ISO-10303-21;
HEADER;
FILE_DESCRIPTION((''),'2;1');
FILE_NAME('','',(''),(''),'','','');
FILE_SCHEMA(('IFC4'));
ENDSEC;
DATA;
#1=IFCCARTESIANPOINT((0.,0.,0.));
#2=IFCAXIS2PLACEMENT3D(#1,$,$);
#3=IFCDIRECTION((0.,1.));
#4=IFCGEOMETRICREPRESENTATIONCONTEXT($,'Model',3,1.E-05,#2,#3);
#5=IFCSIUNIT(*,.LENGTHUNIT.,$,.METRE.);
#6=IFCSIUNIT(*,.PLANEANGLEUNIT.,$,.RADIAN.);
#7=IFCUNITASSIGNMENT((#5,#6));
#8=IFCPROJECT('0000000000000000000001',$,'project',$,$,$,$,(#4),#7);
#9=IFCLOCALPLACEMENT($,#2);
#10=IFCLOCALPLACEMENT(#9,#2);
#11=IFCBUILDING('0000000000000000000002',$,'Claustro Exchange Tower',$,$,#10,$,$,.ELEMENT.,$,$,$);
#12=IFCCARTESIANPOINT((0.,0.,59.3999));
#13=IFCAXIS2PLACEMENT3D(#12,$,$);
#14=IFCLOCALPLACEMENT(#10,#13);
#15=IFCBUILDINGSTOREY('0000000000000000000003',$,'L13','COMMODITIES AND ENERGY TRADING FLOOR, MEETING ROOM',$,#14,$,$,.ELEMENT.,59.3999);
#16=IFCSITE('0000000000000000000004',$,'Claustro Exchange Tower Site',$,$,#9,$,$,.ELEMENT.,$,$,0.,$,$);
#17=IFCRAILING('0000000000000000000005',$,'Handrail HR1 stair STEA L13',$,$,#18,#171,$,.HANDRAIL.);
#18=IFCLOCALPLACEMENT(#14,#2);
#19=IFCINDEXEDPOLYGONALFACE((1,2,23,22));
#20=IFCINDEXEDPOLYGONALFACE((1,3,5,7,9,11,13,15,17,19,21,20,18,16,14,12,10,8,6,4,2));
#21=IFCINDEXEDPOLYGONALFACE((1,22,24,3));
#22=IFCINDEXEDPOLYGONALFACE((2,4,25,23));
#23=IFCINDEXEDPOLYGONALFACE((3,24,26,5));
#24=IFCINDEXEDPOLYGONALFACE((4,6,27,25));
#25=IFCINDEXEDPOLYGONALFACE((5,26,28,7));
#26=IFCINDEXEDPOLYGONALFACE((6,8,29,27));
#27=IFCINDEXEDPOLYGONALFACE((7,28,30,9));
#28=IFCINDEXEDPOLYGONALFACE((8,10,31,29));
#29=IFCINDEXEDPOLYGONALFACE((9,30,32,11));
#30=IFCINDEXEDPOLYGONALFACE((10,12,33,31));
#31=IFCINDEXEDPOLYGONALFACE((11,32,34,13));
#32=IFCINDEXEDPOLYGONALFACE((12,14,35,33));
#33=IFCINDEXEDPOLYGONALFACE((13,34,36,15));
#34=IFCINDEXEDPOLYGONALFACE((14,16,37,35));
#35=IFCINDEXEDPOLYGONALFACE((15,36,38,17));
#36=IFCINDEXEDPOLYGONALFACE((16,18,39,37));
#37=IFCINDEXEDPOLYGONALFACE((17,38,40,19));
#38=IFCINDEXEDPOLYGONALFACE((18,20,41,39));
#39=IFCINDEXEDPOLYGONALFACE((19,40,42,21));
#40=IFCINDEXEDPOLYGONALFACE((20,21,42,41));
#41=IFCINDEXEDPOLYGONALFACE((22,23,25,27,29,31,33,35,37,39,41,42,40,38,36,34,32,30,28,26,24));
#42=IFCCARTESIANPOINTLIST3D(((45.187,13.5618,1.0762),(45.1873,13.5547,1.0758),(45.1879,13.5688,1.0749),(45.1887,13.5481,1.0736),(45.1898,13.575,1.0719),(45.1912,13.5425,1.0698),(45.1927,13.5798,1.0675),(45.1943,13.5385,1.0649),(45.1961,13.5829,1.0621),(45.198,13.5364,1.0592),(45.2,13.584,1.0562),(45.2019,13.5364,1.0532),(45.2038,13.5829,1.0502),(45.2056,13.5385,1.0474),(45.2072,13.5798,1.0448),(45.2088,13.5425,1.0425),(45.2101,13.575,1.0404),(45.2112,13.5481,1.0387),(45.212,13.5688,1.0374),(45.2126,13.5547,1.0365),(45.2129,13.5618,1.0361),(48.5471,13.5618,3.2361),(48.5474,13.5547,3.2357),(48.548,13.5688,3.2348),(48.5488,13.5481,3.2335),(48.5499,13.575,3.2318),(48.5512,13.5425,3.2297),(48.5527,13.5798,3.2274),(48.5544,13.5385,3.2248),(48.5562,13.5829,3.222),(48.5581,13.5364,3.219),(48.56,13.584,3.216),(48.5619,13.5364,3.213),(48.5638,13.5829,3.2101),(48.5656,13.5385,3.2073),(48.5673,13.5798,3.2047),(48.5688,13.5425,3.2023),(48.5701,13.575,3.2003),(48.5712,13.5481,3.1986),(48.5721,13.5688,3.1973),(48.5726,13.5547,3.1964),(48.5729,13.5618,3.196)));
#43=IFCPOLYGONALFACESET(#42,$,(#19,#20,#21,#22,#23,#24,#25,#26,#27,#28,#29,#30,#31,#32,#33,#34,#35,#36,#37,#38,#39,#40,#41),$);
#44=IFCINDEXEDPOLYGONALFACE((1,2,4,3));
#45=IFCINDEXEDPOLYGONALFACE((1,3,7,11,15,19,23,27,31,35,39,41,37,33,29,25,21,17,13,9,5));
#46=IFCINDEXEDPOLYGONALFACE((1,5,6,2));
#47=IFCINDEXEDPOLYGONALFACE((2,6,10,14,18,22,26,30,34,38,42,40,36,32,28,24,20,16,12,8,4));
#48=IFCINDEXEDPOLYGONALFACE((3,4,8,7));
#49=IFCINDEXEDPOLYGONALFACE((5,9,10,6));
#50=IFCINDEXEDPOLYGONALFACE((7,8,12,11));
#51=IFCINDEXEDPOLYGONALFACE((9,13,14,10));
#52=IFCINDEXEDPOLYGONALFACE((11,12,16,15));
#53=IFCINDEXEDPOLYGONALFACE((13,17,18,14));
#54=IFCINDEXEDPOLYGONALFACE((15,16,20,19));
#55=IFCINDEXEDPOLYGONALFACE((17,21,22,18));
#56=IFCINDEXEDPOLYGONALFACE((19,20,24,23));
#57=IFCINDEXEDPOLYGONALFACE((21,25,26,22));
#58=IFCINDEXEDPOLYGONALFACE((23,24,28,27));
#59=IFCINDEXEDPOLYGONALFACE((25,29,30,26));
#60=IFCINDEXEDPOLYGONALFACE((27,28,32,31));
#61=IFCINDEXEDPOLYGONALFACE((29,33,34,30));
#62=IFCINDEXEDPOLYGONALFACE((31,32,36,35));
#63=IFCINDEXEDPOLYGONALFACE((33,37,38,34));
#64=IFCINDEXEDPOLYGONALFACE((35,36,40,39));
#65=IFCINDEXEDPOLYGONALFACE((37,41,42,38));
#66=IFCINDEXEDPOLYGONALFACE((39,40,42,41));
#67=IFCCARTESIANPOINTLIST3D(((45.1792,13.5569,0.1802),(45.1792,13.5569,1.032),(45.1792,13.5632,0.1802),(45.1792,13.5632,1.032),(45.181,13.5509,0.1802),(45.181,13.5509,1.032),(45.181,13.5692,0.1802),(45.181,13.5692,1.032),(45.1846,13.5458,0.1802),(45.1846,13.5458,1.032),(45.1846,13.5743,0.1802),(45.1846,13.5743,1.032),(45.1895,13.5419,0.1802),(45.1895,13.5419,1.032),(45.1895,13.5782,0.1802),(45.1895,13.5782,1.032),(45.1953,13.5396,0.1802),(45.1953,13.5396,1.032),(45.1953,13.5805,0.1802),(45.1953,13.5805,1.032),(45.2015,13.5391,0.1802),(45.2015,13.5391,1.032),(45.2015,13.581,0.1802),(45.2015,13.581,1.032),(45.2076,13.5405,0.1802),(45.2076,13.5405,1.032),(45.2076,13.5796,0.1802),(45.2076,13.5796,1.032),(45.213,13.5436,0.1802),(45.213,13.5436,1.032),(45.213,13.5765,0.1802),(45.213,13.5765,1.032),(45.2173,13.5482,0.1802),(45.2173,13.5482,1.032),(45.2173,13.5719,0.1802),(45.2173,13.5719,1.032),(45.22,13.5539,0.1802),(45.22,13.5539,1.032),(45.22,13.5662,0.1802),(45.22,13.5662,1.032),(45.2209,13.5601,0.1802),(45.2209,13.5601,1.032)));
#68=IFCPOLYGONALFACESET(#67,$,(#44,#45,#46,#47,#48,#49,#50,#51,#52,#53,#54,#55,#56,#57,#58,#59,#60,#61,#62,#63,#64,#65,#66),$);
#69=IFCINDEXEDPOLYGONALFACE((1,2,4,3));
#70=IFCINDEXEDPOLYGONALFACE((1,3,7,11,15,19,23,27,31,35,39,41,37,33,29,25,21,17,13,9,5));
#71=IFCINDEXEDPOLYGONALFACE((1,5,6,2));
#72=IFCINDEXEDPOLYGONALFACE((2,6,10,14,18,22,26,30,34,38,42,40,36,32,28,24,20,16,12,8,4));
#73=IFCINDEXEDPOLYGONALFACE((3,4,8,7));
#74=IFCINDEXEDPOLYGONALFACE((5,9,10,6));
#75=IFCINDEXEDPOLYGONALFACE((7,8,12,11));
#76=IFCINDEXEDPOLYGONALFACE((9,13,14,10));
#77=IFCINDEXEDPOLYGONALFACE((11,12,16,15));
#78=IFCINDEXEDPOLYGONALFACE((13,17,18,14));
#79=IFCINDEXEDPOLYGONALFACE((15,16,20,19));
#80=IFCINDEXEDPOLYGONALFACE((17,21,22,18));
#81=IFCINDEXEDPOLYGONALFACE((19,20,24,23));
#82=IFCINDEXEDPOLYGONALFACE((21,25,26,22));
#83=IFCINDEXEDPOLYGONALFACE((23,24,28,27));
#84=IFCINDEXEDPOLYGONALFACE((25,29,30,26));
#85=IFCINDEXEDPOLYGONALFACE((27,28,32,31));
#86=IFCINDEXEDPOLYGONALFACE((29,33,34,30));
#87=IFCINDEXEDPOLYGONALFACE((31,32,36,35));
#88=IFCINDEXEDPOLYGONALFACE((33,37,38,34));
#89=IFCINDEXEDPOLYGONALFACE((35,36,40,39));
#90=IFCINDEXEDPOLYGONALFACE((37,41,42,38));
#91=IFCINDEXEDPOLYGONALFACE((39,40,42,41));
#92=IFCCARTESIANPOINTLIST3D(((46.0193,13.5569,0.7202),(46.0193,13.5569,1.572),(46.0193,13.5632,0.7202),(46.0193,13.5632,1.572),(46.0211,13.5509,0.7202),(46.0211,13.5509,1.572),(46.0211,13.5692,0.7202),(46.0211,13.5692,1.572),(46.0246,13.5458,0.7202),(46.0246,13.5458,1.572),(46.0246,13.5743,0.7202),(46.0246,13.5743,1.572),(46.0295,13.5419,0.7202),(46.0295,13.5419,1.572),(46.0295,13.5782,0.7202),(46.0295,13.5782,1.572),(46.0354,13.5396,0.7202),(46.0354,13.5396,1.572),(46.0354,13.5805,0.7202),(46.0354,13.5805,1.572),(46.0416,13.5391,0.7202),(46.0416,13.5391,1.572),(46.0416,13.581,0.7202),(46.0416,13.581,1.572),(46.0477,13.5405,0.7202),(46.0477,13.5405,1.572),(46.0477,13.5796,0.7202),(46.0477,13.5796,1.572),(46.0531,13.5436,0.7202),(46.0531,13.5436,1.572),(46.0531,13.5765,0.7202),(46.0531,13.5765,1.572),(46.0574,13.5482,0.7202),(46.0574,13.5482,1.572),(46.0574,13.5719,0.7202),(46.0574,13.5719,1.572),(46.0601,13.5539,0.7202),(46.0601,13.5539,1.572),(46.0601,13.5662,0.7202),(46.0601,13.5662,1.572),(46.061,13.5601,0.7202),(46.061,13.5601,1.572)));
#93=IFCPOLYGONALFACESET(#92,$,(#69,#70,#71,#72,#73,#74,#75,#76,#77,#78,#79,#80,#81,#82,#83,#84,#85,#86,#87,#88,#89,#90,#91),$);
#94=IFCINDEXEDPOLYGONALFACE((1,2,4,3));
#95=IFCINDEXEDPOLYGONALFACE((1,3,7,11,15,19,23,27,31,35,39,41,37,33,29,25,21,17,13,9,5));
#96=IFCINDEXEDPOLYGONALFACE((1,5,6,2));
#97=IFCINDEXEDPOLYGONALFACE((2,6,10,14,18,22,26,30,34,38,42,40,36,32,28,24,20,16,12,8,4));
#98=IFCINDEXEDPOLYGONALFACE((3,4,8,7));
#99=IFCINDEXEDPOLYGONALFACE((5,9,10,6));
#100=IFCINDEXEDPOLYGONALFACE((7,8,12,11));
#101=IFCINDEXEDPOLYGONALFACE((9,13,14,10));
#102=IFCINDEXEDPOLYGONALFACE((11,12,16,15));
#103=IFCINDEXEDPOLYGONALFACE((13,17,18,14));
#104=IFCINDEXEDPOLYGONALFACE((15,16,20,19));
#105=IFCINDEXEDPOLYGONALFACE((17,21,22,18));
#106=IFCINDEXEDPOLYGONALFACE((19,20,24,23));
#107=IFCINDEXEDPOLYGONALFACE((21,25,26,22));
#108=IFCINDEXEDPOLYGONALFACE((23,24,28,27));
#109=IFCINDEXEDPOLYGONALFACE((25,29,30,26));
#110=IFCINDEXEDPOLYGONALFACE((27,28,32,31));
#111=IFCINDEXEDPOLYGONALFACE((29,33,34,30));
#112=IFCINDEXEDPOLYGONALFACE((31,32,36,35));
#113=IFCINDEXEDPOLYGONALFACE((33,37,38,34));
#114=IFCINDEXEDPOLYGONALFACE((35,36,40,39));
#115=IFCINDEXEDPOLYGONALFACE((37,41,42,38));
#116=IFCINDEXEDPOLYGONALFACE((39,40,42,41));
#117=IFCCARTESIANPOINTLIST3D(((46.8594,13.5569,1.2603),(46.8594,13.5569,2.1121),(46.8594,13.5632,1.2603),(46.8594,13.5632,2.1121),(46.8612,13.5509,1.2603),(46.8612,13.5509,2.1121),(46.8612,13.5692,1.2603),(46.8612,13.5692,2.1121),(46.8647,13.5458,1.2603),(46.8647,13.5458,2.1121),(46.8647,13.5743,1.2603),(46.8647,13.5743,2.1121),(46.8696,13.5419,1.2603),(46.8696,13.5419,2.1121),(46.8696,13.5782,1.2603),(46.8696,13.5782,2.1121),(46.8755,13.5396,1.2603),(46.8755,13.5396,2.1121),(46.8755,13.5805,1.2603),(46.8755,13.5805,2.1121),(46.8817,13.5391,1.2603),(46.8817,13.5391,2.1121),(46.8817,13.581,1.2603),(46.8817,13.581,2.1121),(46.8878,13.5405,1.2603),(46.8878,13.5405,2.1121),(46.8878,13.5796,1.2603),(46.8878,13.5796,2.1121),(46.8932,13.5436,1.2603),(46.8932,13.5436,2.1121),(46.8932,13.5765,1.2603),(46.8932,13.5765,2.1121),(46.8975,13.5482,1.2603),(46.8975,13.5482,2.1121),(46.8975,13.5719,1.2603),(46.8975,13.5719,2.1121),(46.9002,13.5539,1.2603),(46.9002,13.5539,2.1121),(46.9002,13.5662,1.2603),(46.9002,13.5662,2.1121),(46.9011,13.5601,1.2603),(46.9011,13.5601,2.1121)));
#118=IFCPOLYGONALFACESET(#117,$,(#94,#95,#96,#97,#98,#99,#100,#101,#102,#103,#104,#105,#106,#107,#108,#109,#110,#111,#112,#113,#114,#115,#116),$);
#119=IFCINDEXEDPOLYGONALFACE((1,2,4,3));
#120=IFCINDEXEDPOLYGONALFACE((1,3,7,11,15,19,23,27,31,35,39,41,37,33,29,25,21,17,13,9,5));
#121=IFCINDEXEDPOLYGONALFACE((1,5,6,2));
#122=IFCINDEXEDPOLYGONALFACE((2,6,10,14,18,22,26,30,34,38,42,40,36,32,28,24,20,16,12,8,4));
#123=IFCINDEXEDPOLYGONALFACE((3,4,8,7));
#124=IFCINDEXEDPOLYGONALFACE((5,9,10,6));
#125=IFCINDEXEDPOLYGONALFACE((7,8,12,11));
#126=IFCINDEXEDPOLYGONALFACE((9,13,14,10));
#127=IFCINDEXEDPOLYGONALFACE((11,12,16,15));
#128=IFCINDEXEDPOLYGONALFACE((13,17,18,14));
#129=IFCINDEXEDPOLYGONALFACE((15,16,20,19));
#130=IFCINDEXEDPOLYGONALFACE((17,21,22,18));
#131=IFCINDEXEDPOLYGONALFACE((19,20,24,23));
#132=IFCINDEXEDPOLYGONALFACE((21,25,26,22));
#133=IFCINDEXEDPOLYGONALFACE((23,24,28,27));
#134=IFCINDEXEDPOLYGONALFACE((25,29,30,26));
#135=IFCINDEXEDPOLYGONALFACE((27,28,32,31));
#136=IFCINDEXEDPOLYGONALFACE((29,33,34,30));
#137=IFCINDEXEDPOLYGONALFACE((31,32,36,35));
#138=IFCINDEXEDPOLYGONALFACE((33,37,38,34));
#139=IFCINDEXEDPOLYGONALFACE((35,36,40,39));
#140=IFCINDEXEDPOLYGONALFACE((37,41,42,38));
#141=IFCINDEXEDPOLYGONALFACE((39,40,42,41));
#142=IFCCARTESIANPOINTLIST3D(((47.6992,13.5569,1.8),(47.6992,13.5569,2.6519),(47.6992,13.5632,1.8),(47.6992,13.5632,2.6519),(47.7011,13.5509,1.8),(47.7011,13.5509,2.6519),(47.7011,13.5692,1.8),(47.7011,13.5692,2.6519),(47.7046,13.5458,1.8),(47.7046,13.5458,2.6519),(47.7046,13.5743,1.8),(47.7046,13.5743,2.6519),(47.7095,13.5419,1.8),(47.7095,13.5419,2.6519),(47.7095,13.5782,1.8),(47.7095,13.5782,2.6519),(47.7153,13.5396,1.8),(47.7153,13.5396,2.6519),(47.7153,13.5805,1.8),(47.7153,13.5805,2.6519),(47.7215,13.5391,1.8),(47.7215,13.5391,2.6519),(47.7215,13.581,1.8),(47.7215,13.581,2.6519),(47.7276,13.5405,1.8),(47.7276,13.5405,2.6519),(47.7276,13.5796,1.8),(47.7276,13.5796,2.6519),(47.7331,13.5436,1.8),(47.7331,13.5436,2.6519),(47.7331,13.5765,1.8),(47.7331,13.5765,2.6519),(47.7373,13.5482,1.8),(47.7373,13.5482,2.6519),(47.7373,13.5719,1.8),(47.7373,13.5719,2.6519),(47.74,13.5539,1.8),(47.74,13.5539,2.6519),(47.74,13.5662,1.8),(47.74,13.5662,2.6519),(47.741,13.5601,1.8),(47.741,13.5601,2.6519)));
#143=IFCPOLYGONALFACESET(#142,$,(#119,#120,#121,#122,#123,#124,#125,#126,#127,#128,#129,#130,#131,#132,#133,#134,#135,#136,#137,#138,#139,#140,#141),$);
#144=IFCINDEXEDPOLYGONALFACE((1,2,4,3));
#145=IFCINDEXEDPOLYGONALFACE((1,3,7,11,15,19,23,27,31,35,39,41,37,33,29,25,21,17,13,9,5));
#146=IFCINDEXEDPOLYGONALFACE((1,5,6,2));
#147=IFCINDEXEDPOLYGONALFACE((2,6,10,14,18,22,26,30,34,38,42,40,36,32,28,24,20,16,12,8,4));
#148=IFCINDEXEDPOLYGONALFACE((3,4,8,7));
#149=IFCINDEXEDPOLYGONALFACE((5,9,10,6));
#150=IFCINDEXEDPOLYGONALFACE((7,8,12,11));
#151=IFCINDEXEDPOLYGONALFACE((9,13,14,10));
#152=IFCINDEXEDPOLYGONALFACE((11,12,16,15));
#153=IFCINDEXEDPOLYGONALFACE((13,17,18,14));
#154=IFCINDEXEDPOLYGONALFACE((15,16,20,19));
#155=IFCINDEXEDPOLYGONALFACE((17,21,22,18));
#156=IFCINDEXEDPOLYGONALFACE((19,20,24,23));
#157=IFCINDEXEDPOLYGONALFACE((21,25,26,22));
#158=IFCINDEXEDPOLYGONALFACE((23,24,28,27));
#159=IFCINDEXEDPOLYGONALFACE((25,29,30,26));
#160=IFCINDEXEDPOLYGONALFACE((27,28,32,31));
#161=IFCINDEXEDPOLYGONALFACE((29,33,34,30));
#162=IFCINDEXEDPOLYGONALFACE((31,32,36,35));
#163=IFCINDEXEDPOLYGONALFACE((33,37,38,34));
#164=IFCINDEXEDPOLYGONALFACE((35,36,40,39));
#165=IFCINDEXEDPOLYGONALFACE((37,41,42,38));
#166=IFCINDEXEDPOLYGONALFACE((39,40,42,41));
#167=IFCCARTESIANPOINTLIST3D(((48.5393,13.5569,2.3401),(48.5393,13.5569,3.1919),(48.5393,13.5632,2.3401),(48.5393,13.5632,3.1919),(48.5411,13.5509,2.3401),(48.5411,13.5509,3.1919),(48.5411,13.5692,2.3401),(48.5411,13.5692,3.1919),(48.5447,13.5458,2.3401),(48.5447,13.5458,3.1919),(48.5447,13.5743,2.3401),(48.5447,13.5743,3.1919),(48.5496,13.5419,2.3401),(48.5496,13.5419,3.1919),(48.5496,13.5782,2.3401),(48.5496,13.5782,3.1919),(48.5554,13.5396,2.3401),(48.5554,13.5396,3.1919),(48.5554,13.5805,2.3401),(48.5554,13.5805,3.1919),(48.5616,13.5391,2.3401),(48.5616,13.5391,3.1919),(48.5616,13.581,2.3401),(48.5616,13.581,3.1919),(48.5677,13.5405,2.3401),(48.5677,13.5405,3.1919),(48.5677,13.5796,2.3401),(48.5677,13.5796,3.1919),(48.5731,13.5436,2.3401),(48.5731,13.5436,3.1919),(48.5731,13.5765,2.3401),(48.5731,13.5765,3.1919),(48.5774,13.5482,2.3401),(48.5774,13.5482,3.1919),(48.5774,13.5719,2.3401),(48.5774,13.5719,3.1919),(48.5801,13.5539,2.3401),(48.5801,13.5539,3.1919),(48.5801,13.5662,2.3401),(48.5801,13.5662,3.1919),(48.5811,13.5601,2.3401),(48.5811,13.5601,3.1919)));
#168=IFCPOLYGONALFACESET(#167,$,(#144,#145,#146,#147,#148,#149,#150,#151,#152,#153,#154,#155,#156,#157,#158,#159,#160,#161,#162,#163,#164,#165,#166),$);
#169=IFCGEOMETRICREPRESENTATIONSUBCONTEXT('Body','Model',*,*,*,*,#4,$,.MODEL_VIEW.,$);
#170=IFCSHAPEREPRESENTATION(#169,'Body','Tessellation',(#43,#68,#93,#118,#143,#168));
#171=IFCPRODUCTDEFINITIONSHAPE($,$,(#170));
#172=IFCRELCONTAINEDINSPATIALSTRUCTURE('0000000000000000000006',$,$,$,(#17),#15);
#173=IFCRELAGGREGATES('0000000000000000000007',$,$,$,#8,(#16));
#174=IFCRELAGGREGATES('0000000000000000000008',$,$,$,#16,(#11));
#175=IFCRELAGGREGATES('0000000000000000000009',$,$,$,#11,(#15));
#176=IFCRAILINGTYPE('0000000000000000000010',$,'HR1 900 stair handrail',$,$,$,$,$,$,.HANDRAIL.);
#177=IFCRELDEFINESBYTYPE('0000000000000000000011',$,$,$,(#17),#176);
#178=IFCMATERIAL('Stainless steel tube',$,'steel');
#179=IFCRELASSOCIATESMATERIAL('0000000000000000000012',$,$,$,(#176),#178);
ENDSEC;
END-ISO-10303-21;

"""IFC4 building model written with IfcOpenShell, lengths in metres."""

from ifc_helpers import new_model, si_unit, direction, frame, origin, origin_2d, place, context, subcontext, project, spatial, circle, extrude, material, type_object, element, save


model = new_model("IFC4")

# Units and contexts
model_context = context("Model", 3, precision=1e-05, world=origin(), true_north=direction((0.0, 1.0)))
body_context = subcontext(model_context, "Body", "Model", "MODEL_VIEW")
ifc_project = project(units=[si_unit("LENGTHUNIT", "METRE"), si_unit("PLANEANGLEUNIT", "RADIAN")], contexts=[model_context])

# Site, building, storey
site_placement = place(None, origin())
site = spatial("IfcSite", under=ifc_project, at=site_placement, Name="Claustro Exchange Tower Site", CompositionType="ELEMENT", RefElevation=0.0)
building_placement = place(site_placement, origin())
building = spatial("IfcBuilding", under=site, at=building_placement, Name="Claustro Exchange Tower", CompositionType="ELEMENT")
storey_placement = place(building_placement, frame((0.0, 0.0, 59.3999)))
storey = spatial("IfcBuildingStorey", under=building, at=storey_placement, Name="L13", Description="COMMODITIES AND ENERGY TRADING FLOOR, MEETING ROOM", CompositionType="ELEMENT", Elevation=59.3999)

# Railing
ifc_material_1 = material(Name="Stainless steel tube", Category="steel")
railing_type_1 = type_object("IfcRailingType", Name="HR1 900 stair handrail", PredefinedType="HANDRAIL", material=ifc_material_1)
railing_1_placement = place(storey_placement, frame((45.2, 13.5601, 0.1802)))
element("IfcRailing", 1, at=railing_1_placement, inside=storey, type_object=railing_type_1, Name="Handrail HR1 stair STEA L13", PredefinedType="HANDRAIL", context=body_context, shape_type="SweptSolid", body=[
    extrude(circle(Radius=0.0239, at=origin_2d()), frame((0.0, 0.0, 0.876), z_axis=(0.841196, 0.0, 0.54073), x_axis=(0.0, 1.0, 0.0)), (0.0, 0.0, 1.0), 3.9944),
    extrude(circle(Radius=0.021, at=origin_2d()), origin(), (0.0, 0.0, 1.0), 0.8518),
    extrude(circle(Radius=0.021, at=origin_2d()), frame((0.8401, 0.0, 0.54)), (0.0, 0.0, 1.0), 0.8518),
    extrude(circle(Radius=0.021, at=origin_2d()), frame((1.6802, 0.0, 1.0801)), (0.0, 0.0, 1.0), 0.8518),
    extrude(circle(Radius=0.021, at=origin_2d()), frame((2.52, 0.0, 1.6199)), (0.0, 0.0, 1.0), 0.8518),
    extrude(circle(Radius=0.021, at=origin_2d()), frame((3.3601, 0.0, 2.1599)), (0.0, 0.0, 1.0), 0.8518),
])

save(model, "model.ifc")
